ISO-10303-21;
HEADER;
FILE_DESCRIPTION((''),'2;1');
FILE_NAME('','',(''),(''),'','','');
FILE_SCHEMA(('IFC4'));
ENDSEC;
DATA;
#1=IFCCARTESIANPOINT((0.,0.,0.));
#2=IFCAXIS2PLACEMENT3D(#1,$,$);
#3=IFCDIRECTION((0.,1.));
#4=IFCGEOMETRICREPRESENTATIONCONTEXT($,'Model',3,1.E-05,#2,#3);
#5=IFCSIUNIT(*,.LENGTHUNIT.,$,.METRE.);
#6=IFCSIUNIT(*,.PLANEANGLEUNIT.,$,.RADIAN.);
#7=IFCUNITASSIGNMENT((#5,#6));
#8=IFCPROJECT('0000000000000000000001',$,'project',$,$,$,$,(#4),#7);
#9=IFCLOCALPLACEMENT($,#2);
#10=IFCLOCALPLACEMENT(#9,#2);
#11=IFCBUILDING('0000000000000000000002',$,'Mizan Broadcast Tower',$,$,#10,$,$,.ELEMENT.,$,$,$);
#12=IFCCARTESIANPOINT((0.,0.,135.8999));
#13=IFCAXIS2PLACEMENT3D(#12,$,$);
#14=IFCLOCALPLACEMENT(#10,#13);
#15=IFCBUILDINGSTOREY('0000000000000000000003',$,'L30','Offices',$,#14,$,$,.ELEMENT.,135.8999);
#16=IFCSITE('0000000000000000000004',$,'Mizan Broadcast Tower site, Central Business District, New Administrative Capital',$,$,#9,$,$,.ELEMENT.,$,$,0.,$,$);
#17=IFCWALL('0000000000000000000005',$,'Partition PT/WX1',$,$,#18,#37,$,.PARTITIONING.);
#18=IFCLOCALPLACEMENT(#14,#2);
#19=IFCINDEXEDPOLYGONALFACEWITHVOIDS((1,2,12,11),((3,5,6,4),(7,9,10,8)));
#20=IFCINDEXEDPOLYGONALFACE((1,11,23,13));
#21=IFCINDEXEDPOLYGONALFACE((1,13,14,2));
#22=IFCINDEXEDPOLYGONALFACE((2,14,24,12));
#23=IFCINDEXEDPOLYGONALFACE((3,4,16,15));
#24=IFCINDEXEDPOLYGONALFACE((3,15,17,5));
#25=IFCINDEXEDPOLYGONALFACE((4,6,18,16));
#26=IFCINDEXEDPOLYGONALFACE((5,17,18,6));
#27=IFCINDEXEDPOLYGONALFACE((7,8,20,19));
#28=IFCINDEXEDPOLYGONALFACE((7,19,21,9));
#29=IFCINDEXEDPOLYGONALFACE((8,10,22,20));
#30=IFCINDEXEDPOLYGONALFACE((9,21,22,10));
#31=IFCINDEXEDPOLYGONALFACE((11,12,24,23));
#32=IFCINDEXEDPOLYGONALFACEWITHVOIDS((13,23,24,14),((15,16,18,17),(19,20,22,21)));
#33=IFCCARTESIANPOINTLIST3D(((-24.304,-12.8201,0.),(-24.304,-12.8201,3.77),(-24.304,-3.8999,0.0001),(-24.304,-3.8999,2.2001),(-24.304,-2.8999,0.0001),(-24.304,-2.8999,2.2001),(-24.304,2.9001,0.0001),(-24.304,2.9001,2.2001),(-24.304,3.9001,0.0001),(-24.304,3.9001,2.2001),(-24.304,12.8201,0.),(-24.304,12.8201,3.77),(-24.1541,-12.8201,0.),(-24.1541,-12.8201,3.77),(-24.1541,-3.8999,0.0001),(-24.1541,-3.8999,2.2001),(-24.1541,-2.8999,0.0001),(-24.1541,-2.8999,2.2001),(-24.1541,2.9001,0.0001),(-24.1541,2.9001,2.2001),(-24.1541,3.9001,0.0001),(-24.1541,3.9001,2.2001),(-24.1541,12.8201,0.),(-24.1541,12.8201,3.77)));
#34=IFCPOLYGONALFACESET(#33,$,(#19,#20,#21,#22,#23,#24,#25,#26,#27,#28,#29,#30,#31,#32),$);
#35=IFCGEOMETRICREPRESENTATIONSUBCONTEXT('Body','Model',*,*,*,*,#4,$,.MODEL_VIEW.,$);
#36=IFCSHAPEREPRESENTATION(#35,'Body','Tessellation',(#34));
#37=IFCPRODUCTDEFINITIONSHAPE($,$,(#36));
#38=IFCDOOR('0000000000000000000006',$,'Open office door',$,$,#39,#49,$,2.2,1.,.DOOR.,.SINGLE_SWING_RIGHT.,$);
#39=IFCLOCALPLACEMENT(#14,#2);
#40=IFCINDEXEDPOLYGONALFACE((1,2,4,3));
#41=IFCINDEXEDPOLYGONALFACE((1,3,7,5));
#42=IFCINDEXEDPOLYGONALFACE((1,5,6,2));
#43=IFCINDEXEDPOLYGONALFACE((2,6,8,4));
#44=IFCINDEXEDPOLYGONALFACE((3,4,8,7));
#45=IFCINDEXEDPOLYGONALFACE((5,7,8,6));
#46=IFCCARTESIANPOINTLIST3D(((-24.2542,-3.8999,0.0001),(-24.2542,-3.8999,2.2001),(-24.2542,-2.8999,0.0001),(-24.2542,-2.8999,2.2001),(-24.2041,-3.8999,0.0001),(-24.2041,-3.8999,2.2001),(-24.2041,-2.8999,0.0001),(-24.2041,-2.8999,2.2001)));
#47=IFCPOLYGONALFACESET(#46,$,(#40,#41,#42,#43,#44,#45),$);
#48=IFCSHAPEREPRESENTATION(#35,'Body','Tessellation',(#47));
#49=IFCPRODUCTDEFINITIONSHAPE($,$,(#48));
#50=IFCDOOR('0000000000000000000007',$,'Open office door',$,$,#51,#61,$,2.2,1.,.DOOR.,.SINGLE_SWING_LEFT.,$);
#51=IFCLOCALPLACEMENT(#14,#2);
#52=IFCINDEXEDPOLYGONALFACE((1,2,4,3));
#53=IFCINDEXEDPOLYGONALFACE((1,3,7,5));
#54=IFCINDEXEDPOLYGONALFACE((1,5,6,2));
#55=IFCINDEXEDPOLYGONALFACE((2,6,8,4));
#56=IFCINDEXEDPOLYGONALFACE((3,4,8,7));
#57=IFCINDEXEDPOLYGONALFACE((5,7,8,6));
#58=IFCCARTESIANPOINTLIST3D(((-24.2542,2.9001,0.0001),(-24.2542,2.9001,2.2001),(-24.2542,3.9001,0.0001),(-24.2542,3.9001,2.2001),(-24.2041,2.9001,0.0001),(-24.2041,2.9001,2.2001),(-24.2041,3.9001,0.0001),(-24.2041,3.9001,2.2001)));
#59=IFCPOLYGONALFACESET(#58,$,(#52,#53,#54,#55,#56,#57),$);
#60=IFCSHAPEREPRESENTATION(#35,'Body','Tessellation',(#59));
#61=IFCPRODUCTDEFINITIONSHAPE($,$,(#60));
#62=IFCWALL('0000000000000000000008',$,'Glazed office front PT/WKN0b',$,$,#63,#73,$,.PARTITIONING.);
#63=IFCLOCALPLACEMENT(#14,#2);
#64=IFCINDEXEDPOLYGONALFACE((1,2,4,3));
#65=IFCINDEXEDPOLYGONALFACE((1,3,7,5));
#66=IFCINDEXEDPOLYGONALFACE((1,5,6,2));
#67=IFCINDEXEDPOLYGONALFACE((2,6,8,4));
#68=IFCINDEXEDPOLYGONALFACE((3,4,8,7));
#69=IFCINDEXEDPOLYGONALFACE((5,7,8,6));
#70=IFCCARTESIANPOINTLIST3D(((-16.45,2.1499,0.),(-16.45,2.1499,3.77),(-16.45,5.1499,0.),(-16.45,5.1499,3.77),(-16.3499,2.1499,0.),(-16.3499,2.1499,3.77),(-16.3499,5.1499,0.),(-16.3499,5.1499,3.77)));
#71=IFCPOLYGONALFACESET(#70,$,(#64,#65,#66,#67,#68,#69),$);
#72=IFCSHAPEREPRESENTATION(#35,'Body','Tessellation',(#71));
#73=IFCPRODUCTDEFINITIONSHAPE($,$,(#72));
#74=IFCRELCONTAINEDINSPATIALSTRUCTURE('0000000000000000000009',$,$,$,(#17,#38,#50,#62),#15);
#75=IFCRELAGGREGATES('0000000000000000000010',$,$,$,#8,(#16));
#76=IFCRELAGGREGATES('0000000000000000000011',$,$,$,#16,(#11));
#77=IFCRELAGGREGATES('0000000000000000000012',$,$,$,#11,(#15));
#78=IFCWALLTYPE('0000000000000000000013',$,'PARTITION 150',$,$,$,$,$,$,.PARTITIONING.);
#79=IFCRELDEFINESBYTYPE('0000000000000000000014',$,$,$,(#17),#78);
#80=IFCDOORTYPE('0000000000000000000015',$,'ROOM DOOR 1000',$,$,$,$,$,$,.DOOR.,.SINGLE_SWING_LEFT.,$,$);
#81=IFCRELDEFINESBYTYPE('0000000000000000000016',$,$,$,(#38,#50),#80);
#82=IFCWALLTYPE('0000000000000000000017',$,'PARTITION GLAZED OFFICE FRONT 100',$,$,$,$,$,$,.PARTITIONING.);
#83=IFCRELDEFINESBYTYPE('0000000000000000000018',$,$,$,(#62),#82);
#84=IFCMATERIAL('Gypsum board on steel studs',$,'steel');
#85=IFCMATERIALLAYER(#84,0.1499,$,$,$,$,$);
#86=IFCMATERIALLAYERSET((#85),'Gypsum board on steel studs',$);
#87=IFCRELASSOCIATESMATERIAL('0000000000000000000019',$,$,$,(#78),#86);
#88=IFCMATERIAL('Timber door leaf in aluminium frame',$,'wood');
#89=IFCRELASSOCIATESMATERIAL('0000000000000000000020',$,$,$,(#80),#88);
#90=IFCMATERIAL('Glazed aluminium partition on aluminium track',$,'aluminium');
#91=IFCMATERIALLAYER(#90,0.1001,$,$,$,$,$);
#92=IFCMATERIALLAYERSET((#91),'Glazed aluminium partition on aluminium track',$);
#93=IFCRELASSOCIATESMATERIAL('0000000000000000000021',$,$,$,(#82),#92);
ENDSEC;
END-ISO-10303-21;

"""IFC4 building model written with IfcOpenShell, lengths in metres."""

from ifc_helpers import new_model, si_unit, direction, frame, frame_2d, origin, place, context, subcontext, project, spatial, rectangle, extrude, material, layer, layer_set, type_object, element, fill, save


model = new_model("IFC4")

# Units and contexts
model_context = context("Model", 3, precision=1e-05, world=origin(), true_north=direction((0.0, 1.0)))
body_context = subcontext(model_context, "Body", "Model", "MODEL_VIEW")
ifc_project = project(units=[si_unit("LENGTHUNIT", "METRE"), si_unit("PLANEANGLEUNIT", "RADIAN")], contexts=[model_context])

# Site, building, storey
site_placement = place(None, origin())
site = spatial("IfcSite", under=ifc_project, at=site_placement, Name="Mizan Broadcast Tower site, Central Business District, New Administrative Capital", CompositionType="ELEMENT", RefElevation=0.0)
building_placement = place(site_placement, origin())
building = spatial("IfcBuilding", under=site, at=building_placement, Name="Mizan Broadcast Tower", CompositionType="ELEMENT")
storey_placement = place(building_placement, frame((0.0, 0.0, 135.8999)))
storey = spatial("IfcBuildingStorey", under=building, at=storey_placement, Name="L30", Description="Offices", CompositionType="ELEMENT", Elevation=135.8999)

# Wall, openings, doors
ifc_material_1 = material(Name="Gypsum board on steel studs", Category="steel")
ifc_layer_1 = layer(ifc_material_1, 0.1499)
ifc_layer_set_1 = layer_set([ifc_layer_1], Name="Gypsum board on steel studs")
wall_type_1 = type_object("IfcWallType", Name="PARTITION 150", PredefinedType="PARTITIONING", material=ifc_layer_set_1)
wall_1_placement = place(storey_placement, frame((-24.229, 12.8201, 0.0), z_axis=(0.0, 0.0, 1.0), x_axis=(0.0, -1.0, 0.0)))
wall_1 = element("IfcWall", 1, at=wall_1_placement, inside=storey, type_object=wall_type_1, Name="Partition PT/WX1", PredefinedType="PARTITIONING", context=body_context, shape_type="SweptSolid", body=[
    extrude(rectangle(XDim=25.6401, YDim=0.1499, at=frame_2d((12.8201, 0.0))), origin(), (0.0, 0.0, 1.0), 3.77),
])
opening_1_placement = place(wall_1_placement, frame((15.72, 0.0, 0.0)))
opening_1 = element("IfcOpeningElement", 2, at=opening_1_placement, cuts=wall_1, PredefinedType="OPENING", context=body_context, shape_type="SweptSolid", body=[
    extrude(rectangle(XDim=1.0, YDim=2.2, at=frame_2d((0.5, 1.1001))), frame((0.0, 0.085, 0.0), z_axis=(0.0, -1.0, 0.0), x_axis=(1.0, 0.0, 0.0)), (0.0, 0.0, 1.0), 0.1699),
])
opening_2_placement = place(wall_1_placement, frame((8.9199, 0.0, 0.0)))
opening_2 = element("IfcOpeningElement", 3, at=opening_2_placement, cuts=wall_1, PredefinedType="OPENING", context=body_context, shape_type="SweptSolid", body=[
    extrude(rectangle(XDim=1.0, YDim=2.2, at=frame_2d((0.5, 1.1001))), frame((0.0, 0.085, 0.0), z_axis=(0.0, -1.0, 0.0), x_axis=(1.0, 0.0, 0.0)), (0.0, 0.0, 1.0), 0.1699),
])
ifc_material_2 = material(Name="Timber door leaf in aluminium frame", Category="wood")
door_type = type_object("IfcDoorType", Name="ROOM DOOR 1000", OperationType="SINGLE_SWING_LEFT", PredefinedType="DOOR", material=ifc_material_2)
door_1_placement = place(opening_1_placement, origin())
door_1 = element("IfcDoor", 4, at=door_1_placement, inside=storey, type_object=door_type, Name="Open office door", OperationType="SINGLE_SWING_RIGHT", OverallHeight=2.2, OverallWidth=1.0, PredefinedType="DOOR", context=body_context, shape_type="SweptSolid", body=[
    extrude(rectangle(XDim=1.0, YDim=2.2, at=frame_2d((0.5, 1.1001))), frame((0.0, 0.0249, 0.0), z_axis=(0.0, -1.0, 0.0), x_axis=(1.0, 0.0, 0.0)), (0.0, 0.0, 1.0), 0.05),
])
fill(opening_1, door_1)
door_2_placement = place(opening_2_placement, origin())
door_2 = element("IfcDoor", 5, at=door_2_placement, inside=storey, type_object=door_type, Name="Open office door", OperationType="SINGLE_SWING_LEFT", OverallHeight=2.2, OverallWidth=1.0, PredefinedType="DOOR", context=body_context, shape_type="SweptSolid", body=[
    extrude(rectangle(XDim=1.0, YDim=2.2, at=frame_2d((0.5, 1.1001))), frame((0.0, 0.0249, 0.0), z_axis=(0.0, -1.0, 0.0), x_axis=(1.0, 0.0, 0.0)), (0.0, 0.0, 1.0), 0.05),
])
fill(opening_2, door_2)

# Wall
ifc_material_3 = material(Name="Glazed aluminium partition on aluminium track", Category="aluminium")
ifc_layer_2 = layer(ifc_material_3, 0.1001)
ifc_layer_set_2 = layer_set([ifc_layer_2], Name="Glazed aluminium partition on aluminium track")
wall_type_2 = type_object("IfcWallType", Name="PARTITION GLAZED OFFICE FRONT 100", PredefinedType="PARTITIONING", material=ifc_layer_set_2)
wall_2_placement = place(storey_placement, frame((-16.3999, 2.1499, 0.0), z_axis=(0.0, 0.0, 1.0), x_axis=(0.0, 1.0, 0.0)))
element("IfcWall", 6, at=wall_2_placement, inside=storey, type_object=wall_type_2, Name="Glazed office front PT/WKN0b", PredefinedType="PARTITIONING", context=body_context, shape_type="SweptSolid", body=[
    extrude(rectangle(XDim=3.0, YDim=0.1001, at=frame_2d((1.5, 0.0))), origin(), (0.0, 0.0, 1.0), 3.77),
])

save(model, "model.ifc")
